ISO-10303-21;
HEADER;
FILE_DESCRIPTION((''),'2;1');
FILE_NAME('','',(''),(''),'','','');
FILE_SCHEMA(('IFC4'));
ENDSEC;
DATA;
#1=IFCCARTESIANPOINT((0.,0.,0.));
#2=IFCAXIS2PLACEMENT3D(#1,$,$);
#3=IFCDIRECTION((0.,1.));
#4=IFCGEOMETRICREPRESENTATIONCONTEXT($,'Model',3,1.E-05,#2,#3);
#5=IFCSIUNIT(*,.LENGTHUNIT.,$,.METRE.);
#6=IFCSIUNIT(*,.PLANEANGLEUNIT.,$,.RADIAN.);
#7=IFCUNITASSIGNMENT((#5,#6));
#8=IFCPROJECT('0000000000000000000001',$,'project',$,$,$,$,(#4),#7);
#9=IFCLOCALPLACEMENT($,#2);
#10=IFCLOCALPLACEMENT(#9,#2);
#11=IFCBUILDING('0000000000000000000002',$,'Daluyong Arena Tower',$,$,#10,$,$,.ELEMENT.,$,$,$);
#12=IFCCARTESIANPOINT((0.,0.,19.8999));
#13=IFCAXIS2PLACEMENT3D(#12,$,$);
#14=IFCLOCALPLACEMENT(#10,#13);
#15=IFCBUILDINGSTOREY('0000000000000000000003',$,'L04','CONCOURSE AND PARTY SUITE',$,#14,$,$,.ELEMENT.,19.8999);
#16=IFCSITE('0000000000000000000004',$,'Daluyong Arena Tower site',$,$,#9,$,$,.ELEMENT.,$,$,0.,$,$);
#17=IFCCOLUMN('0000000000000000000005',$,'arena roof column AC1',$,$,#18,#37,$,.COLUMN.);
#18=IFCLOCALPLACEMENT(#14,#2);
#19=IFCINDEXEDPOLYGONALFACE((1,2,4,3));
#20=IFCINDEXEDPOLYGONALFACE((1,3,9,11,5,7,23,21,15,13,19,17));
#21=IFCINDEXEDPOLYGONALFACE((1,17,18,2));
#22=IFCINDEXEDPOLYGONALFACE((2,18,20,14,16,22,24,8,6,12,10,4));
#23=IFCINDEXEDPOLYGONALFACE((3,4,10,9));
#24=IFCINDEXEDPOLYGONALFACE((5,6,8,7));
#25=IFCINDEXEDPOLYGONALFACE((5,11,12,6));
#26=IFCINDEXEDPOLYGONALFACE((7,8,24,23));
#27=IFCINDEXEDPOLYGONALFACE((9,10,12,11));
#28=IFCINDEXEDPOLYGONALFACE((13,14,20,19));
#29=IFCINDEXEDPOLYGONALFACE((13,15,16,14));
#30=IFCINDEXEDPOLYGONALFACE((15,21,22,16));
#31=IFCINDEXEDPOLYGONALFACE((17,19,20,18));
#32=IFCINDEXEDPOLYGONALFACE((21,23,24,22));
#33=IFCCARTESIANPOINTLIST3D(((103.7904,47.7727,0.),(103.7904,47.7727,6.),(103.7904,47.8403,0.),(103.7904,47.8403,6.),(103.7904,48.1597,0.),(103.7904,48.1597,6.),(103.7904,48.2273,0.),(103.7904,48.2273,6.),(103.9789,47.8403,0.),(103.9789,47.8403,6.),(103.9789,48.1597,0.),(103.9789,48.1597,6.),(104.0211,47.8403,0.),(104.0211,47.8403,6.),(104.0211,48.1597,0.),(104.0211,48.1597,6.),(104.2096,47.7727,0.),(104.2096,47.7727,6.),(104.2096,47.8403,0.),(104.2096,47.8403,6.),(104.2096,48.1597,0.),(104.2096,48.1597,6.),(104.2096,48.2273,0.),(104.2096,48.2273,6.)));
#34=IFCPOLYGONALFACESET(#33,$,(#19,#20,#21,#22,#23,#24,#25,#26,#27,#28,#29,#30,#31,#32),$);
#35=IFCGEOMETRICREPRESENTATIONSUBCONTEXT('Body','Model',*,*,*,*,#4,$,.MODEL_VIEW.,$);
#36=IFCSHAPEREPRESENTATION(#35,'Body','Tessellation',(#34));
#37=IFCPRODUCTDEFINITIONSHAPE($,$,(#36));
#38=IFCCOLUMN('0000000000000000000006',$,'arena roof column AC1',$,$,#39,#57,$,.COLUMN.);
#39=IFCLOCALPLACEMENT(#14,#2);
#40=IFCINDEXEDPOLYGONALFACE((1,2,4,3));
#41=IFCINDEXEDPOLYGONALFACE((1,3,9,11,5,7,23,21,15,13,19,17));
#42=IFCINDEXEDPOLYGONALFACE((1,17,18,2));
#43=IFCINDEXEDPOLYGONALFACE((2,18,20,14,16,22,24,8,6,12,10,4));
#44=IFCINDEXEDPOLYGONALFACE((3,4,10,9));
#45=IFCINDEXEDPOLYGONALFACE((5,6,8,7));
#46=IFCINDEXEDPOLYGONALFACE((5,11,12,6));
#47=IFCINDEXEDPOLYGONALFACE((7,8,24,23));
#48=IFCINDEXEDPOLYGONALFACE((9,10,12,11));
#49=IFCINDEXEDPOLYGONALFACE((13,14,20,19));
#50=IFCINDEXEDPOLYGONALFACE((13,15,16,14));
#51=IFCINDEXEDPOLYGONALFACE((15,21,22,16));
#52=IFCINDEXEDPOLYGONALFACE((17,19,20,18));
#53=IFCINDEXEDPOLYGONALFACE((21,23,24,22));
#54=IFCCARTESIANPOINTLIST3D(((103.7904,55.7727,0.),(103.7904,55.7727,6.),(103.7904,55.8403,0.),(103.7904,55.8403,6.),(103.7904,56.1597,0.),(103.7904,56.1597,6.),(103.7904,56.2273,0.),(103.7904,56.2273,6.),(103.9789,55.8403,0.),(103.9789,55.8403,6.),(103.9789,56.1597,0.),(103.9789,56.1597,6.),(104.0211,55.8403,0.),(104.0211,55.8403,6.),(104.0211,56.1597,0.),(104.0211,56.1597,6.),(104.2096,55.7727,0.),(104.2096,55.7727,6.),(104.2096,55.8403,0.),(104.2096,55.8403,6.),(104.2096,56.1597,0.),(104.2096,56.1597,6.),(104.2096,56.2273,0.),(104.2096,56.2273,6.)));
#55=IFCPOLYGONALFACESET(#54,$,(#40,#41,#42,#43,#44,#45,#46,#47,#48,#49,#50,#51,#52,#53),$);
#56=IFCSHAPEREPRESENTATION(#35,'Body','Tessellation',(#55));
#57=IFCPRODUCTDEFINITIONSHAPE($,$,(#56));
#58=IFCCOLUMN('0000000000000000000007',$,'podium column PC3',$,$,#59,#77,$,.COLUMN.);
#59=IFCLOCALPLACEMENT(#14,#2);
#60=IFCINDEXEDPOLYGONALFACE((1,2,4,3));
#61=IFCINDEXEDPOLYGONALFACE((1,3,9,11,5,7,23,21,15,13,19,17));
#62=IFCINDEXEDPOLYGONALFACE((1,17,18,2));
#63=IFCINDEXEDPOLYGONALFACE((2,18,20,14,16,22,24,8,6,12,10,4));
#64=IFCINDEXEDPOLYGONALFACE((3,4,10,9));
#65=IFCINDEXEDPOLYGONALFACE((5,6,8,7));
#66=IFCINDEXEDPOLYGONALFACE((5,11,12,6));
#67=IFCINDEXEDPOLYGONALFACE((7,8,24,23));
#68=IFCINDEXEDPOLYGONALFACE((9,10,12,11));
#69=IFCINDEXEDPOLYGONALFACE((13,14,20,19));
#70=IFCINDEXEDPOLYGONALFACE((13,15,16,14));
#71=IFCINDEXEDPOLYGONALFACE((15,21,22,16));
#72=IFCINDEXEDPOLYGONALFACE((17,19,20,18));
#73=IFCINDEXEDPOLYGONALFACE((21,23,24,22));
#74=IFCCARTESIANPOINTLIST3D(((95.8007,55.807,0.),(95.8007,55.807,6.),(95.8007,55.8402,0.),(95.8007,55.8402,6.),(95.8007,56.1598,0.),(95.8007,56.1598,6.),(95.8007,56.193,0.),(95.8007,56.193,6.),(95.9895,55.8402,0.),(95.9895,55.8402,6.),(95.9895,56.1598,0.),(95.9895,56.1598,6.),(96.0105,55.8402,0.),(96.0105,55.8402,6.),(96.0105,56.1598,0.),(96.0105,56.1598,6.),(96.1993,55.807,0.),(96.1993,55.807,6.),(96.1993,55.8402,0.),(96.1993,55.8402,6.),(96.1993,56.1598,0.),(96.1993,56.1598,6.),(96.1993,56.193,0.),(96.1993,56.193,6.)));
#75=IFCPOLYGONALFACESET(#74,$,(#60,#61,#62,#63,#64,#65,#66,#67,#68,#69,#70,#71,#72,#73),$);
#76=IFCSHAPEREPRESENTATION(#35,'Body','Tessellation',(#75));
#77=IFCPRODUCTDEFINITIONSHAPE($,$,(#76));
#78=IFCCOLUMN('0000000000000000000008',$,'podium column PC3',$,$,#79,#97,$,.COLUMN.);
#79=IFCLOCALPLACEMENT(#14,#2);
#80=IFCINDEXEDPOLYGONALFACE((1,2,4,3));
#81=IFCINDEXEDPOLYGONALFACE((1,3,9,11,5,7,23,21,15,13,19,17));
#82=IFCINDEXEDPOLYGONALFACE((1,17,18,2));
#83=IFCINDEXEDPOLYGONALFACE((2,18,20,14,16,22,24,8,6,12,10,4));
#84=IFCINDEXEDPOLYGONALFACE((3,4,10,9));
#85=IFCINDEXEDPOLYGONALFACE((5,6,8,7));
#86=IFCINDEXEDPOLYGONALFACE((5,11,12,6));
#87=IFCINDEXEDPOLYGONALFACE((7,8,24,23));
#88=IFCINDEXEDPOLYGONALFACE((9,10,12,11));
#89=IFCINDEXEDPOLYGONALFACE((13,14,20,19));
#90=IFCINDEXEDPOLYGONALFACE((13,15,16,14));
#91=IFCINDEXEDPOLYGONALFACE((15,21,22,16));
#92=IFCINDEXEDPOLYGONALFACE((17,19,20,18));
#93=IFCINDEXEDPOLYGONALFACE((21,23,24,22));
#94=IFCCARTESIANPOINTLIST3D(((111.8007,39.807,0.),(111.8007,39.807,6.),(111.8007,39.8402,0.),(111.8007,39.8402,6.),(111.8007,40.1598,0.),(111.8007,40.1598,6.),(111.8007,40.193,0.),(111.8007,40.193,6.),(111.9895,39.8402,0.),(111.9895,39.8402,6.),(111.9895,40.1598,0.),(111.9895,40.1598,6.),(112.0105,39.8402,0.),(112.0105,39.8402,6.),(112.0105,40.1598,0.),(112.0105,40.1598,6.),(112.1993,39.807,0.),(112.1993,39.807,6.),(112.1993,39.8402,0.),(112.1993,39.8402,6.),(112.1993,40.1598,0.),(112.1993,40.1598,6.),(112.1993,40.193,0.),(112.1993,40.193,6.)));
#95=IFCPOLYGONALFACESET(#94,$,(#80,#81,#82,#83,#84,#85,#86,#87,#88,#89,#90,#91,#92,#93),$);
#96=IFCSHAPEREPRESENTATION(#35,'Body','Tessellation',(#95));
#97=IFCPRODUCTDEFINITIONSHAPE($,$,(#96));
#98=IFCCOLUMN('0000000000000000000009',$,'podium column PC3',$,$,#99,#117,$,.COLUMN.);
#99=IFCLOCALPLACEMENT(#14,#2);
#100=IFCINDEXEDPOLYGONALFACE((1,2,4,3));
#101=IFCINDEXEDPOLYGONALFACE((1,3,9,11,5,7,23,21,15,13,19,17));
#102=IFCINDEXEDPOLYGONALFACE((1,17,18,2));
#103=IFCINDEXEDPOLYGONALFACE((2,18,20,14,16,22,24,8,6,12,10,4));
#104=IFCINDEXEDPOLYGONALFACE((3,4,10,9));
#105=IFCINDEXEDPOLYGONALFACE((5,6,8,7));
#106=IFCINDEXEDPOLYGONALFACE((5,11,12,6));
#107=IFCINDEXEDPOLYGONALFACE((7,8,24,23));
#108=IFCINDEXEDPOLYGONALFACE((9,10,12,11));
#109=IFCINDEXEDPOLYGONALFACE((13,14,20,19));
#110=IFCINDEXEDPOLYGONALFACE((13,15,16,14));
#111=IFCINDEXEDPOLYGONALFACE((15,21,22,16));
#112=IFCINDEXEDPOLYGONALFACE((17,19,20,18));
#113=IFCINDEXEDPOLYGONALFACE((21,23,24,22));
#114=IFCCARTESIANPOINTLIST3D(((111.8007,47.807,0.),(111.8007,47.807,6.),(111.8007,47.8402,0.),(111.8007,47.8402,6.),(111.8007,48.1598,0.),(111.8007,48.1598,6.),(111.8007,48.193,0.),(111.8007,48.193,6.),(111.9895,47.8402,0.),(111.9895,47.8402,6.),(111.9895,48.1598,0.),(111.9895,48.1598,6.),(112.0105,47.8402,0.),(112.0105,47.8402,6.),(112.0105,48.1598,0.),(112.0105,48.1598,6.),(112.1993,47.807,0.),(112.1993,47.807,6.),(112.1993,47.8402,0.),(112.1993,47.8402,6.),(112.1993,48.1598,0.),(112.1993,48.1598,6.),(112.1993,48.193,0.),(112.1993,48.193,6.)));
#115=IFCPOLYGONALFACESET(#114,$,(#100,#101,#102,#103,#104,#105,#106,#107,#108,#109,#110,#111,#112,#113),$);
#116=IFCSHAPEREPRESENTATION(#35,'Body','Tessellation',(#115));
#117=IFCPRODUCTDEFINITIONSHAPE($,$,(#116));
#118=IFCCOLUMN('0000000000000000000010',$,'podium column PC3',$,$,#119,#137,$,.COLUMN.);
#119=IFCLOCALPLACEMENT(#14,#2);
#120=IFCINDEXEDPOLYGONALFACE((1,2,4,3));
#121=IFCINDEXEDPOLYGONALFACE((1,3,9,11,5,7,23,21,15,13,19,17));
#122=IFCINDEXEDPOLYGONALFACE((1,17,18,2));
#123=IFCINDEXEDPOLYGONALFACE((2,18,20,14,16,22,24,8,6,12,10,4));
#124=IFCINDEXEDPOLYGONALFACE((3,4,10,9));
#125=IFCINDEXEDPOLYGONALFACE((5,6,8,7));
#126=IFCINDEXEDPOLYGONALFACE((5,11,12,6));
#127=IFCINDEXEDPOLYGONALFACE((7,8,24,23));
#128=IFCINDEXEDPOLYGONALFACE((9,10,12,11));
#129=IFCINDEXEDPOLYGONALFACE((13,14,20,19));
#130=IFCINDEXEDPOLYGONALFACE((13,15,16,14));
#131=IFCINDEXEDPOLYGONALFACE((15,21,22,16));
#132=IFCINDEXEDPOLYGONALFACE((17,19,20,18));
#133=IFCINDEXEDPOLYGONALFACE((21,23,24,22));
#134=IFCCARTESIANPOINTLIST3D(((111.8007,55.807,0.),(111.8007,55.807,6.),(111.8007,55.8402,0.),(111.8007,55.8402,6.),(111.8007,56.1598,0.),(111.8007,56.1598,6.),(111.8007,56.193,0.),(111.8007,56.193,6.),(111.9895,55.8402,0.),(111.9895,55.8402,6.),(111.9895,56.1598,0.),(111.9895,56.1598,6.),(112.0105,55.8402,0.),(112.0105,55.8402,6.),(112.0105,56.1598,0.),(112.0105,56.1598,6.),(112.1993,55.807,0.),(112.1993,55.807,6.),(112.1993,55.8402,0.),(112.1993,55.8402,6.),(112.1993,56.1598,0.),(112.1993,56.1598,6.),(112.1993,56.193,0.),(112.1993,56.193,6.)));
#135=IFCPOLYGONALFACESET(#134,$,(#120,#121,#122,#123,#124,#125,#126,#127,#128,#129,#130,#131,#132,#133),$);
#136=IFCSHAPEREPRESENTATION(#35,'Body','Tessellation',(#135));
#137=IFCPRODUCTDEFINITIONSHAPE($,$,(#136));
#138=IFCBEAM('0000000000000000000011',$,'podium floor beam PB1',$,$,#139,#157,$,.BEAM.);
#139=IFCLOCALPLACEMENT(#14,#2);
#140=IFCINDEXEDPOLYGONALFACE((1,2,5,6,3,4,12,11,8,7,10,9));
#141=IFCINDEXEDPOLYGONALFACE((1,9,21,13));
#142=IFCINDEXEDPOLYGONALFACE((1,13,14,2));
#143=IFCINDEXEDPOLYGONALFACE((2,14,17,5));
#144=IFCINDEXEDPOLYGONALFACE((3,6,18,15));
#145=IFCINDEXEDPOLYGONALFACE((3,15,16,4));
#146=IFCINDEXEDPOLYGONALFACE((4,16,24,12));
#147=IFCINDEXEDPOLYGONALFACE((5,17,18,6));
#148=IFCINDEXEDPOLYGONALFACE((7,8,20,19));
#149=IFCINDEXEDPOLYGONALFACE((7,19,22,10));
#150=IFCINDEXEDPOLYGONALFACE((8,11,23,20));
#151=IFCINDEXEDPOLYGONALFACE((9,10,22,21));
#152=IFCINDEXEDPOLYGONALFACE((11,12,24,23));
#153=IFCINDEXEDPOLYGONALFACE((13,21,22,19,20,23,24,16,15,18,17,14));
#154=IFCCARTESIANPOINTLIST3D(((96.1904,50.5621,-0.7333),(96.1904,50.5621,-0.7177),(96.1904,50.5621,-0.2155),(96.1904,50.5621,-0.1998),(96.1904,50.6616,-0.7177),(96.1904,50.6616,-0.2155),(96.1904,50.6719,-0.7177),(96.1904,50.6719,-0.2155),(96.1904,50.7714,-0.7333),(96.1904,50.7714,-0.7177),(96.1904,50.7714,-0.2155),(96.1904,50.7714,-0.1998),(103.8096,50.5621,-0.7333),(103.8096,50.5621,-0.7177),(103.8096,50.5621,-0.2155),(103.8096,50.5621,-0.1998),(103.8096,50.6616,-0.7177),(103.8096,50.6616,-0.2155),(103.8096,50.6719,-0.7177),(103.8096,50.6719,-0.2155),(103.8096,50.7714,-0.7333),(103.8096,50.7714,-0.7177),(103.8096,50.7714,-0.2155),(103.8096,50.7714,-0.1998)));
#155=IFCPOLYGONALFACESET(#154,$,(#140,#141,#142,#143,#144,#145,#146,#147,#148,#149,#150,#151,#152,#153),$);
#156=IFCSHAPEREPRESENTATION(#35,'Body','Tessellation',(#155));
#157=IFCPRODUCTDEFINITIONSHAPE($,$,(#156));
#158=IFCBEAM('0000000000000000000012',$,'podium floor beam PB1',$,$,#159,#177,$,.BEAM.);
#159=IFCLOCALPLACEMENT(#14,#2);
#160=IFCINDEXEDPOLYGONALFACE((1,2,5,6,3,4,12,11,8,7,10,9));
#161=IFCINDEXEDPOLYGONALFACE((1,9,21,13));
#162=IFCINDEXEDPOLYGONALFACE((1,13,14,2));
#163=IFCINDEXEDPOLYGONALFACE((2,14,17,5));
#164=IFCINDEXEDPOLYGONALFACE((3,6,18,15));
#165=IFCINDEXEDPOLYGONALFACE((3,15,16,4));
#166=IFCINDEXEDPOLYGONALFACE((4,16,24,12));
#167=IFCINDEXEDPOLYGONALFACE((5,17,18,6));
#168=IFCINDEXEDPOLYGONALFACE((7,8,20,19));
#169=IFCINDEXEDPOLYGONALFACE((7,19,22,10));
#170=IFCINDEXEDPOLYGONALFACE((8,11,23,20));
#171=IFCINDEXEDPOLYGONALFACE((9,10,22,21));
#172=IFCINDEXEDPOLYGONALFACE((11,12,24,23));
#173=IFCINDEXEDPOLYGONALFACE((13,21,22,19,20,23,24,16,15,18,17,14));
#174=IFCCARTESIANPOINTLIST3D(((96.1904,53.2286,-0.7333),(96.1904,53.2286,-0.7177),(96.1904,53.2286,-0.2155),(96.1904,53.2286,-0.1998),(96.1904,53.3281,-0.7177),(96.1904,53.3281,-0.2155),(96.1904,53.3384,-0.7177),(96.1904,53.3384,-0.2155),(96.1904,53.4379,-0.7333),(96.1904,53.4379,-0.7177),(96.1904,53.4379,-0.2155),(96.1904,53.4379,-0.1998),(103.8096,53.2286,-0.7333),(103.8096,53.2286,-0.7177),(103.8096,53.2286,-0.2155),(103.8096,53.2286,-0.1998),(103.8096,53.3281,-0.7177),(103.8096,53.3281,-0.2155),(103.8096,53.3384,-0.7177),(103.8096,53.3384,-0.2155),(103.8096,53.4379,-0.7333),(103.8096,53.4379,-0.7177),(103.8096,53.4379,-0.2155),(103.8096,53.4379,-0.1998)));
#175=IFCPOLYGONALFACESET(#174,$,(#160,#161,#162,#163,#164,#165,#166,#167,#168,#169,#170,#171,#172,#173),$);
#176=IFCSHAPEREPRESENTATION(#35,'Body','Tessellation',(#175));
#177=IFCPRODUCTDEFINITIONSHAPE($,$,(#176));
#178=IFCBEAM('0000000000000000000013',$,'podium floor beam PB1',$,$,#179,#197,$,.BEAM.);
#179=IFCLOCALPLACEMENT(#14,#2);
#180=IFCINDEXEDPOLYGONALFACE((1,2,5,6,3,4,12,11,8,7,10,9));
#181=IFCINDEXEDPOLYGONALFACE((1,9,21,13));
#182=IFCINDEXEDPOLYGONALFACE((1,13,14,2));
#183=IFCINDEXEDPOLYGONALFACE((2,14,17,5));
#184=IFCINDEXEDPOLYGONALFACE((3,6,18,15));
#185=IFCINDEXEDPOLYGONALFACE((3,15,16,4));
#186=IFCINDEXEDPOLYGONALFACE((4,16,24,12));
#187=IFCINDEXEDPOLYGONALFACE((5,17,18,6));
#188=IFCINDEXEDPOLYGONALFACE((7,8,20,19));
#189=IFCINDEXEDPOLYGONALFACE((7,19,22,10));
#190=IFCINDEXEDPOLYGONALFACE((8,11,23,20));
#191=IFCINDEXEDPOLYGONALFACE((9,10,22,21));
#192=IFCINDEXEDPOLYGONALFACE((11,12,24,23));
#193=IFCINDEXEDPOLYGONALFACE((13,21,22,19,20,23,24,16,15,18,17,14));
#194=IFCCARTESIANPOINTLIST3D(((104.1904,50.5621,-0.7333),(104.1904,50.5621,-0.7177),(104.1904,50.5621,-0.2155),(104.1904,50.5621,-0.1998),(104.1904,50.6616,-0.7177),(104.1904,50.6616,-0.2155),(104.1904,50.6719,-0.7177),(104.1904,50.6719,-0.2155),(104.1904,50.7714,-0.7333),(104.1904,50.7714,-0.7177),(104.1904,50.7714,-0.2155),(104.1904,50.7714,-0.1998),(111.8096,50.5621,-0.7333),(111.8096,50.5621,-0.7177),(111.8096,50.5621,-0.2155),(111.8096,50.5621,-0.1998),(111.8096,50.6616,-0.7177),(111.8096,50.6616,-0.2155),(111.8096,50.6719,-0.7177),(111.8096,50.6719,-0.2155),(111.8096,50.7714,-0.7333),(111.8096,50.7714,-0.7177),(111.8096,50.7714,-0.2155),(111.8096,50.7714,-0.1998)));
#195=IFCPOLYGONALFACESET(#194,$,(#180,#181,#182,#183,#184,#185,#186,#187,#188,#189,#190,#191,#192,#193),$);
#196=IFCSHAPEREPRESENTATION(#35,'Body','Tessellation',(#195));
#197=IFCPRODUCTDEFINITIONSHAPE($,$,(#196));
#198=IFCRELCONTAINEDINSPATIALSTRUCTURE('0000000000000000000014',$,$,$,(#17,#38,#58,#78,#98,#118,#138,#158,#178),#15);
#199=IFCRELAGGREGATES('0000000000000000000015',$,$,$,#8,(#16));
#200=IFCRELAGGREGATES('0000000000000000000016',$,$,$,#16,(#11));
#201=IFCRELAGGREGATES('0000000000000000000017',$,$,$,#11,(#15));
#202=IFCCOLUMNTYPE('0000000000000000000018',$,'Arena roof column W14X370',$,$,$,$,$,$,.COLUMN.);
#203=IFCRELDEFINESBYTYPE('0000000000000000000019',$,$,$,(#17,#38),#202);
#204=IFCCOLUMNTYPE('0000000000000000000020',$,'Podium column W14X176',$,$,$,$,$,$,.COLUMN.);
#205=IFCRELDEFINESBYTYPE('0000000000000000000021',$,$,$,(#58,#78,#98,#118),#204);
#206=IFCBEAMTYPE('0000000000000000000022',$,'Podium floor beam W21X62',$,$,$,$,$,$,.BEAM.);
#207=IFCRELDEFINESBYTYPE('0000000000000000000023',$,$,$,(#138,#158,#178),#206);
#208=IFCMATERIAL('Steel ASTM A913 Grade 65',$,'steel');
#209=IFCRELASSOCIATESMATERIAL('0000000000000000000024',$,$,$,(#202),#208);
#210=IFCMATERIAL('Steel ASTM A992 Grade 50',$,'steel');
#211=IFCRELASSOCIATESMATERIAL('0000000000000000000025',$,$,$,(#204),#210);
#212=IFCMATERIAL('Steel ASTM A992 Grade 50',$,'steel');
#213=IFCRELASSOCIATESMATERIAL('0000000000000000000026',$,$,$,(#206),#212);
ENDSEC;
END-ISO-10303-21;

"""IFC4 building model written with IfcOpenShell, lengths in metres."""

from ifc_helpers import new_model, si_unit, direction, frame, origin, origin_2d, place, context, subcontext, project, spatial, i_section, extrude, material, material_profile, profile_set, type_object, element, save


model = new_model("IFC4")

# Units and contexts
model_context = context("Model", 3, precision=1e-05, world=origin(), true_north=direction((0.0, 1.0)))
body_context = subcontext(model_context, "Body", "Model", "MODEL_VIEW")
ifc_project = project(units=[si_unit("LENGTHUNIT", "METRE"), si_unit("PLANEANGLEUNIT", "RADIAN")], contexts=[model_context])

# Site, building, storey
site_placement = place(None, origin())
site = spatial("IfcSite", under=ifc_project, at=site_placement, Name="Daluyong Arena Tower site", CompositionType="ELEMENT", RefElevation=0.0)
building_placement = place(site_placement, origin())
building = spatial("IfcBuilding", under=site, at=building_placement, Name="Daluyong Arena Tower", CompositionType="ELEMENT")
storey_placement = place(building_placement, frame((0.0, 0.0, 19.8999)))
storey = spatial("IfcBuildingStorey", under=building, at=storey_placement, Name="L04", Description="CONCOURSE AND PARTY SUITE", CompositionType="ELEMENT", Elevation=19.8999)

# Columns
ifc_material_1 = material(Name="Steel ASTM A913 Grade 65", Category="steel")
ifc_material_profile_1 = material_profile(ifc_material_1, i_section(OverallWidth=0.4192, OverallDepth=0.4546, WebThickness=0.0422, FlangeThickness=0.0676, at=origin_2d()))
ifc_profile_set_1 = profile_set([ifc_material_profile_1], Name="Steel ASTM A913 Grade 65")
column_type_1 = type_object("IfcColumnType", Name="Arena roof column W14X370", PredefinedType="COLUMN", material=ifc_profile_set_1)
for number, where, z_axis, x_axis, name in (
    (1, (104.0, 48.0, 0.0), (0.0, 0.0, 1.0), (1.0, 0.0, 0.0), "arena roof column AC1"),
    (2, (104.0, 56.0, 0.0), (0.0, 0.0, 1.0), (1.0, 0.0, 0.0), "arena roof column AC1"),
):
    element("IfcColumn", number, at=place(storey_placement, frame(where, z_axis=z_axis, x_axis=x_axis)), inside=storey, type_object=column_type_1, Name=name, PredefinedType="COLUMN", context=body_context, shape_type="SweptSolid", body=[
        extrude(i_section(OverallWidth=0.4192, OverallDepth=0.4546, WebThickness=0.0422, FlangeThickness=0.0676, at=origin_2d()), origin(), (0.0, 0.0, 1.0), 6.0),
    ])
ifc_material_2 = material(Name="Steel ASTM A992 Grade 50", Category="steel")
ifc_material_profile_2 = material_profile(ifc_material_2, i_section(OverallWidth=0.3987, OverallDepth=0.386, WebThickness=0.021, FlangeThickness=0.0332, at=origin_2d()))
ifc_profile_set_2 = profile_set([ifc_material_profile_2], Name="Steel ASTM A992 Grade 50")
column_type_2 = type_object("IfcColumnType", Name="Podium column W14X176", PredefinedType="COLUMN", material=ifc_profile_set_2)
for number, where, z_axis, x_axis, name in (
    (3, (96.0, 56.0, 0.0), (0.0, 0.0, 1.0), (1.0, 0.0, 0.0), "podium column PC3"),
    (4, (112.0, 40.0, 0.0), (0.0, 0.0, 1.0), (1.0, 0.0, 0.0), "podium column PC3"),
    (5, (112.0, 48.0, 0.0), (0.0, 0.0, 1.0), (1.0, 0.0, 0.0), "podium column PC3"),
    (6, (112.0, 56.0, 0.0), (0.0, 0.0, 1.0), (1.0, 0.0, 0.0), "podium column PC3"),
):
    element("IfcColumn", number, at=place(storey_placement, frame(where, z_axis=z_axis, x_axis=x_axis)), inside=storey, type_object=column_type_2, Name=name, PredefinedType="COLUMN", context=body_context, shape_type="SweptSolid", body=[
        extrude(i_section(OverallWidth=0.3987, OverallDepth=0.386, WebThickness=0.021, FlangeThickness=0.0332, at=origin_2d()), origin(), (0.0, 0.0, 1.0), 6.0),
    ])

# Beams
ifc_material_3 = material(Name="Steel ASTM A992 Grade 50", Category="steel")
ifc_material_profile_3 = material_profile(ifc_material_3, i_section(OverallWidth=0.2092, OverallDepth=0.5334, WebThickness=0.0103, FlangeThickness=0.0156, at=origin_2d()))
ifc_profile_set_3 = profile_set([ifc_material_profile_3], Name="Steel ASTM A992 Grade 50")
beam_type_1 = type_object("IfcBeamType", Name="Podium floor beam W21X62", PredefinedType="BEAM", material=ifc_profile_set_3)
for number, where, z_axis, x_axis, name in (
    (7, (96.1904, 50.6667, -0.4666), (1.0, 0.0, 0.0), (0.0, 1.0, 0.0), "podium floor beam PB1"),
    (8, (96.1904, 53.3333, -0.4666), (1.0, 0.0, 0.0), (0.0, 1.0, 0.0), "podium floor beam PB1"),
    (9, (104.1904, 50.6667, -0.4666), (1.0, 0.0, 0.0), (0.0, 1.0, 0.0), "podium floor beam PB1"),
):
    element("IfcBeam", number, at=place(storey_placement, frame(where, z_axis=z_axis, x_axis=x_axis)), inside=storey, type_object=beam_type_1, Name=name, PredefinedType="BEAM", context=body_context, shape_type="SweptSolid", body=[
        extrude(i_section(OverallWidth=0.2092, OverallDepth=0.5334, WebThickness=0.0103, FlangeThickness=0.0156, at=origin_2d()), origin(), (0.0, 0.0, 1.0), 7.6191),
    ])

save(model, "model.ifc")
